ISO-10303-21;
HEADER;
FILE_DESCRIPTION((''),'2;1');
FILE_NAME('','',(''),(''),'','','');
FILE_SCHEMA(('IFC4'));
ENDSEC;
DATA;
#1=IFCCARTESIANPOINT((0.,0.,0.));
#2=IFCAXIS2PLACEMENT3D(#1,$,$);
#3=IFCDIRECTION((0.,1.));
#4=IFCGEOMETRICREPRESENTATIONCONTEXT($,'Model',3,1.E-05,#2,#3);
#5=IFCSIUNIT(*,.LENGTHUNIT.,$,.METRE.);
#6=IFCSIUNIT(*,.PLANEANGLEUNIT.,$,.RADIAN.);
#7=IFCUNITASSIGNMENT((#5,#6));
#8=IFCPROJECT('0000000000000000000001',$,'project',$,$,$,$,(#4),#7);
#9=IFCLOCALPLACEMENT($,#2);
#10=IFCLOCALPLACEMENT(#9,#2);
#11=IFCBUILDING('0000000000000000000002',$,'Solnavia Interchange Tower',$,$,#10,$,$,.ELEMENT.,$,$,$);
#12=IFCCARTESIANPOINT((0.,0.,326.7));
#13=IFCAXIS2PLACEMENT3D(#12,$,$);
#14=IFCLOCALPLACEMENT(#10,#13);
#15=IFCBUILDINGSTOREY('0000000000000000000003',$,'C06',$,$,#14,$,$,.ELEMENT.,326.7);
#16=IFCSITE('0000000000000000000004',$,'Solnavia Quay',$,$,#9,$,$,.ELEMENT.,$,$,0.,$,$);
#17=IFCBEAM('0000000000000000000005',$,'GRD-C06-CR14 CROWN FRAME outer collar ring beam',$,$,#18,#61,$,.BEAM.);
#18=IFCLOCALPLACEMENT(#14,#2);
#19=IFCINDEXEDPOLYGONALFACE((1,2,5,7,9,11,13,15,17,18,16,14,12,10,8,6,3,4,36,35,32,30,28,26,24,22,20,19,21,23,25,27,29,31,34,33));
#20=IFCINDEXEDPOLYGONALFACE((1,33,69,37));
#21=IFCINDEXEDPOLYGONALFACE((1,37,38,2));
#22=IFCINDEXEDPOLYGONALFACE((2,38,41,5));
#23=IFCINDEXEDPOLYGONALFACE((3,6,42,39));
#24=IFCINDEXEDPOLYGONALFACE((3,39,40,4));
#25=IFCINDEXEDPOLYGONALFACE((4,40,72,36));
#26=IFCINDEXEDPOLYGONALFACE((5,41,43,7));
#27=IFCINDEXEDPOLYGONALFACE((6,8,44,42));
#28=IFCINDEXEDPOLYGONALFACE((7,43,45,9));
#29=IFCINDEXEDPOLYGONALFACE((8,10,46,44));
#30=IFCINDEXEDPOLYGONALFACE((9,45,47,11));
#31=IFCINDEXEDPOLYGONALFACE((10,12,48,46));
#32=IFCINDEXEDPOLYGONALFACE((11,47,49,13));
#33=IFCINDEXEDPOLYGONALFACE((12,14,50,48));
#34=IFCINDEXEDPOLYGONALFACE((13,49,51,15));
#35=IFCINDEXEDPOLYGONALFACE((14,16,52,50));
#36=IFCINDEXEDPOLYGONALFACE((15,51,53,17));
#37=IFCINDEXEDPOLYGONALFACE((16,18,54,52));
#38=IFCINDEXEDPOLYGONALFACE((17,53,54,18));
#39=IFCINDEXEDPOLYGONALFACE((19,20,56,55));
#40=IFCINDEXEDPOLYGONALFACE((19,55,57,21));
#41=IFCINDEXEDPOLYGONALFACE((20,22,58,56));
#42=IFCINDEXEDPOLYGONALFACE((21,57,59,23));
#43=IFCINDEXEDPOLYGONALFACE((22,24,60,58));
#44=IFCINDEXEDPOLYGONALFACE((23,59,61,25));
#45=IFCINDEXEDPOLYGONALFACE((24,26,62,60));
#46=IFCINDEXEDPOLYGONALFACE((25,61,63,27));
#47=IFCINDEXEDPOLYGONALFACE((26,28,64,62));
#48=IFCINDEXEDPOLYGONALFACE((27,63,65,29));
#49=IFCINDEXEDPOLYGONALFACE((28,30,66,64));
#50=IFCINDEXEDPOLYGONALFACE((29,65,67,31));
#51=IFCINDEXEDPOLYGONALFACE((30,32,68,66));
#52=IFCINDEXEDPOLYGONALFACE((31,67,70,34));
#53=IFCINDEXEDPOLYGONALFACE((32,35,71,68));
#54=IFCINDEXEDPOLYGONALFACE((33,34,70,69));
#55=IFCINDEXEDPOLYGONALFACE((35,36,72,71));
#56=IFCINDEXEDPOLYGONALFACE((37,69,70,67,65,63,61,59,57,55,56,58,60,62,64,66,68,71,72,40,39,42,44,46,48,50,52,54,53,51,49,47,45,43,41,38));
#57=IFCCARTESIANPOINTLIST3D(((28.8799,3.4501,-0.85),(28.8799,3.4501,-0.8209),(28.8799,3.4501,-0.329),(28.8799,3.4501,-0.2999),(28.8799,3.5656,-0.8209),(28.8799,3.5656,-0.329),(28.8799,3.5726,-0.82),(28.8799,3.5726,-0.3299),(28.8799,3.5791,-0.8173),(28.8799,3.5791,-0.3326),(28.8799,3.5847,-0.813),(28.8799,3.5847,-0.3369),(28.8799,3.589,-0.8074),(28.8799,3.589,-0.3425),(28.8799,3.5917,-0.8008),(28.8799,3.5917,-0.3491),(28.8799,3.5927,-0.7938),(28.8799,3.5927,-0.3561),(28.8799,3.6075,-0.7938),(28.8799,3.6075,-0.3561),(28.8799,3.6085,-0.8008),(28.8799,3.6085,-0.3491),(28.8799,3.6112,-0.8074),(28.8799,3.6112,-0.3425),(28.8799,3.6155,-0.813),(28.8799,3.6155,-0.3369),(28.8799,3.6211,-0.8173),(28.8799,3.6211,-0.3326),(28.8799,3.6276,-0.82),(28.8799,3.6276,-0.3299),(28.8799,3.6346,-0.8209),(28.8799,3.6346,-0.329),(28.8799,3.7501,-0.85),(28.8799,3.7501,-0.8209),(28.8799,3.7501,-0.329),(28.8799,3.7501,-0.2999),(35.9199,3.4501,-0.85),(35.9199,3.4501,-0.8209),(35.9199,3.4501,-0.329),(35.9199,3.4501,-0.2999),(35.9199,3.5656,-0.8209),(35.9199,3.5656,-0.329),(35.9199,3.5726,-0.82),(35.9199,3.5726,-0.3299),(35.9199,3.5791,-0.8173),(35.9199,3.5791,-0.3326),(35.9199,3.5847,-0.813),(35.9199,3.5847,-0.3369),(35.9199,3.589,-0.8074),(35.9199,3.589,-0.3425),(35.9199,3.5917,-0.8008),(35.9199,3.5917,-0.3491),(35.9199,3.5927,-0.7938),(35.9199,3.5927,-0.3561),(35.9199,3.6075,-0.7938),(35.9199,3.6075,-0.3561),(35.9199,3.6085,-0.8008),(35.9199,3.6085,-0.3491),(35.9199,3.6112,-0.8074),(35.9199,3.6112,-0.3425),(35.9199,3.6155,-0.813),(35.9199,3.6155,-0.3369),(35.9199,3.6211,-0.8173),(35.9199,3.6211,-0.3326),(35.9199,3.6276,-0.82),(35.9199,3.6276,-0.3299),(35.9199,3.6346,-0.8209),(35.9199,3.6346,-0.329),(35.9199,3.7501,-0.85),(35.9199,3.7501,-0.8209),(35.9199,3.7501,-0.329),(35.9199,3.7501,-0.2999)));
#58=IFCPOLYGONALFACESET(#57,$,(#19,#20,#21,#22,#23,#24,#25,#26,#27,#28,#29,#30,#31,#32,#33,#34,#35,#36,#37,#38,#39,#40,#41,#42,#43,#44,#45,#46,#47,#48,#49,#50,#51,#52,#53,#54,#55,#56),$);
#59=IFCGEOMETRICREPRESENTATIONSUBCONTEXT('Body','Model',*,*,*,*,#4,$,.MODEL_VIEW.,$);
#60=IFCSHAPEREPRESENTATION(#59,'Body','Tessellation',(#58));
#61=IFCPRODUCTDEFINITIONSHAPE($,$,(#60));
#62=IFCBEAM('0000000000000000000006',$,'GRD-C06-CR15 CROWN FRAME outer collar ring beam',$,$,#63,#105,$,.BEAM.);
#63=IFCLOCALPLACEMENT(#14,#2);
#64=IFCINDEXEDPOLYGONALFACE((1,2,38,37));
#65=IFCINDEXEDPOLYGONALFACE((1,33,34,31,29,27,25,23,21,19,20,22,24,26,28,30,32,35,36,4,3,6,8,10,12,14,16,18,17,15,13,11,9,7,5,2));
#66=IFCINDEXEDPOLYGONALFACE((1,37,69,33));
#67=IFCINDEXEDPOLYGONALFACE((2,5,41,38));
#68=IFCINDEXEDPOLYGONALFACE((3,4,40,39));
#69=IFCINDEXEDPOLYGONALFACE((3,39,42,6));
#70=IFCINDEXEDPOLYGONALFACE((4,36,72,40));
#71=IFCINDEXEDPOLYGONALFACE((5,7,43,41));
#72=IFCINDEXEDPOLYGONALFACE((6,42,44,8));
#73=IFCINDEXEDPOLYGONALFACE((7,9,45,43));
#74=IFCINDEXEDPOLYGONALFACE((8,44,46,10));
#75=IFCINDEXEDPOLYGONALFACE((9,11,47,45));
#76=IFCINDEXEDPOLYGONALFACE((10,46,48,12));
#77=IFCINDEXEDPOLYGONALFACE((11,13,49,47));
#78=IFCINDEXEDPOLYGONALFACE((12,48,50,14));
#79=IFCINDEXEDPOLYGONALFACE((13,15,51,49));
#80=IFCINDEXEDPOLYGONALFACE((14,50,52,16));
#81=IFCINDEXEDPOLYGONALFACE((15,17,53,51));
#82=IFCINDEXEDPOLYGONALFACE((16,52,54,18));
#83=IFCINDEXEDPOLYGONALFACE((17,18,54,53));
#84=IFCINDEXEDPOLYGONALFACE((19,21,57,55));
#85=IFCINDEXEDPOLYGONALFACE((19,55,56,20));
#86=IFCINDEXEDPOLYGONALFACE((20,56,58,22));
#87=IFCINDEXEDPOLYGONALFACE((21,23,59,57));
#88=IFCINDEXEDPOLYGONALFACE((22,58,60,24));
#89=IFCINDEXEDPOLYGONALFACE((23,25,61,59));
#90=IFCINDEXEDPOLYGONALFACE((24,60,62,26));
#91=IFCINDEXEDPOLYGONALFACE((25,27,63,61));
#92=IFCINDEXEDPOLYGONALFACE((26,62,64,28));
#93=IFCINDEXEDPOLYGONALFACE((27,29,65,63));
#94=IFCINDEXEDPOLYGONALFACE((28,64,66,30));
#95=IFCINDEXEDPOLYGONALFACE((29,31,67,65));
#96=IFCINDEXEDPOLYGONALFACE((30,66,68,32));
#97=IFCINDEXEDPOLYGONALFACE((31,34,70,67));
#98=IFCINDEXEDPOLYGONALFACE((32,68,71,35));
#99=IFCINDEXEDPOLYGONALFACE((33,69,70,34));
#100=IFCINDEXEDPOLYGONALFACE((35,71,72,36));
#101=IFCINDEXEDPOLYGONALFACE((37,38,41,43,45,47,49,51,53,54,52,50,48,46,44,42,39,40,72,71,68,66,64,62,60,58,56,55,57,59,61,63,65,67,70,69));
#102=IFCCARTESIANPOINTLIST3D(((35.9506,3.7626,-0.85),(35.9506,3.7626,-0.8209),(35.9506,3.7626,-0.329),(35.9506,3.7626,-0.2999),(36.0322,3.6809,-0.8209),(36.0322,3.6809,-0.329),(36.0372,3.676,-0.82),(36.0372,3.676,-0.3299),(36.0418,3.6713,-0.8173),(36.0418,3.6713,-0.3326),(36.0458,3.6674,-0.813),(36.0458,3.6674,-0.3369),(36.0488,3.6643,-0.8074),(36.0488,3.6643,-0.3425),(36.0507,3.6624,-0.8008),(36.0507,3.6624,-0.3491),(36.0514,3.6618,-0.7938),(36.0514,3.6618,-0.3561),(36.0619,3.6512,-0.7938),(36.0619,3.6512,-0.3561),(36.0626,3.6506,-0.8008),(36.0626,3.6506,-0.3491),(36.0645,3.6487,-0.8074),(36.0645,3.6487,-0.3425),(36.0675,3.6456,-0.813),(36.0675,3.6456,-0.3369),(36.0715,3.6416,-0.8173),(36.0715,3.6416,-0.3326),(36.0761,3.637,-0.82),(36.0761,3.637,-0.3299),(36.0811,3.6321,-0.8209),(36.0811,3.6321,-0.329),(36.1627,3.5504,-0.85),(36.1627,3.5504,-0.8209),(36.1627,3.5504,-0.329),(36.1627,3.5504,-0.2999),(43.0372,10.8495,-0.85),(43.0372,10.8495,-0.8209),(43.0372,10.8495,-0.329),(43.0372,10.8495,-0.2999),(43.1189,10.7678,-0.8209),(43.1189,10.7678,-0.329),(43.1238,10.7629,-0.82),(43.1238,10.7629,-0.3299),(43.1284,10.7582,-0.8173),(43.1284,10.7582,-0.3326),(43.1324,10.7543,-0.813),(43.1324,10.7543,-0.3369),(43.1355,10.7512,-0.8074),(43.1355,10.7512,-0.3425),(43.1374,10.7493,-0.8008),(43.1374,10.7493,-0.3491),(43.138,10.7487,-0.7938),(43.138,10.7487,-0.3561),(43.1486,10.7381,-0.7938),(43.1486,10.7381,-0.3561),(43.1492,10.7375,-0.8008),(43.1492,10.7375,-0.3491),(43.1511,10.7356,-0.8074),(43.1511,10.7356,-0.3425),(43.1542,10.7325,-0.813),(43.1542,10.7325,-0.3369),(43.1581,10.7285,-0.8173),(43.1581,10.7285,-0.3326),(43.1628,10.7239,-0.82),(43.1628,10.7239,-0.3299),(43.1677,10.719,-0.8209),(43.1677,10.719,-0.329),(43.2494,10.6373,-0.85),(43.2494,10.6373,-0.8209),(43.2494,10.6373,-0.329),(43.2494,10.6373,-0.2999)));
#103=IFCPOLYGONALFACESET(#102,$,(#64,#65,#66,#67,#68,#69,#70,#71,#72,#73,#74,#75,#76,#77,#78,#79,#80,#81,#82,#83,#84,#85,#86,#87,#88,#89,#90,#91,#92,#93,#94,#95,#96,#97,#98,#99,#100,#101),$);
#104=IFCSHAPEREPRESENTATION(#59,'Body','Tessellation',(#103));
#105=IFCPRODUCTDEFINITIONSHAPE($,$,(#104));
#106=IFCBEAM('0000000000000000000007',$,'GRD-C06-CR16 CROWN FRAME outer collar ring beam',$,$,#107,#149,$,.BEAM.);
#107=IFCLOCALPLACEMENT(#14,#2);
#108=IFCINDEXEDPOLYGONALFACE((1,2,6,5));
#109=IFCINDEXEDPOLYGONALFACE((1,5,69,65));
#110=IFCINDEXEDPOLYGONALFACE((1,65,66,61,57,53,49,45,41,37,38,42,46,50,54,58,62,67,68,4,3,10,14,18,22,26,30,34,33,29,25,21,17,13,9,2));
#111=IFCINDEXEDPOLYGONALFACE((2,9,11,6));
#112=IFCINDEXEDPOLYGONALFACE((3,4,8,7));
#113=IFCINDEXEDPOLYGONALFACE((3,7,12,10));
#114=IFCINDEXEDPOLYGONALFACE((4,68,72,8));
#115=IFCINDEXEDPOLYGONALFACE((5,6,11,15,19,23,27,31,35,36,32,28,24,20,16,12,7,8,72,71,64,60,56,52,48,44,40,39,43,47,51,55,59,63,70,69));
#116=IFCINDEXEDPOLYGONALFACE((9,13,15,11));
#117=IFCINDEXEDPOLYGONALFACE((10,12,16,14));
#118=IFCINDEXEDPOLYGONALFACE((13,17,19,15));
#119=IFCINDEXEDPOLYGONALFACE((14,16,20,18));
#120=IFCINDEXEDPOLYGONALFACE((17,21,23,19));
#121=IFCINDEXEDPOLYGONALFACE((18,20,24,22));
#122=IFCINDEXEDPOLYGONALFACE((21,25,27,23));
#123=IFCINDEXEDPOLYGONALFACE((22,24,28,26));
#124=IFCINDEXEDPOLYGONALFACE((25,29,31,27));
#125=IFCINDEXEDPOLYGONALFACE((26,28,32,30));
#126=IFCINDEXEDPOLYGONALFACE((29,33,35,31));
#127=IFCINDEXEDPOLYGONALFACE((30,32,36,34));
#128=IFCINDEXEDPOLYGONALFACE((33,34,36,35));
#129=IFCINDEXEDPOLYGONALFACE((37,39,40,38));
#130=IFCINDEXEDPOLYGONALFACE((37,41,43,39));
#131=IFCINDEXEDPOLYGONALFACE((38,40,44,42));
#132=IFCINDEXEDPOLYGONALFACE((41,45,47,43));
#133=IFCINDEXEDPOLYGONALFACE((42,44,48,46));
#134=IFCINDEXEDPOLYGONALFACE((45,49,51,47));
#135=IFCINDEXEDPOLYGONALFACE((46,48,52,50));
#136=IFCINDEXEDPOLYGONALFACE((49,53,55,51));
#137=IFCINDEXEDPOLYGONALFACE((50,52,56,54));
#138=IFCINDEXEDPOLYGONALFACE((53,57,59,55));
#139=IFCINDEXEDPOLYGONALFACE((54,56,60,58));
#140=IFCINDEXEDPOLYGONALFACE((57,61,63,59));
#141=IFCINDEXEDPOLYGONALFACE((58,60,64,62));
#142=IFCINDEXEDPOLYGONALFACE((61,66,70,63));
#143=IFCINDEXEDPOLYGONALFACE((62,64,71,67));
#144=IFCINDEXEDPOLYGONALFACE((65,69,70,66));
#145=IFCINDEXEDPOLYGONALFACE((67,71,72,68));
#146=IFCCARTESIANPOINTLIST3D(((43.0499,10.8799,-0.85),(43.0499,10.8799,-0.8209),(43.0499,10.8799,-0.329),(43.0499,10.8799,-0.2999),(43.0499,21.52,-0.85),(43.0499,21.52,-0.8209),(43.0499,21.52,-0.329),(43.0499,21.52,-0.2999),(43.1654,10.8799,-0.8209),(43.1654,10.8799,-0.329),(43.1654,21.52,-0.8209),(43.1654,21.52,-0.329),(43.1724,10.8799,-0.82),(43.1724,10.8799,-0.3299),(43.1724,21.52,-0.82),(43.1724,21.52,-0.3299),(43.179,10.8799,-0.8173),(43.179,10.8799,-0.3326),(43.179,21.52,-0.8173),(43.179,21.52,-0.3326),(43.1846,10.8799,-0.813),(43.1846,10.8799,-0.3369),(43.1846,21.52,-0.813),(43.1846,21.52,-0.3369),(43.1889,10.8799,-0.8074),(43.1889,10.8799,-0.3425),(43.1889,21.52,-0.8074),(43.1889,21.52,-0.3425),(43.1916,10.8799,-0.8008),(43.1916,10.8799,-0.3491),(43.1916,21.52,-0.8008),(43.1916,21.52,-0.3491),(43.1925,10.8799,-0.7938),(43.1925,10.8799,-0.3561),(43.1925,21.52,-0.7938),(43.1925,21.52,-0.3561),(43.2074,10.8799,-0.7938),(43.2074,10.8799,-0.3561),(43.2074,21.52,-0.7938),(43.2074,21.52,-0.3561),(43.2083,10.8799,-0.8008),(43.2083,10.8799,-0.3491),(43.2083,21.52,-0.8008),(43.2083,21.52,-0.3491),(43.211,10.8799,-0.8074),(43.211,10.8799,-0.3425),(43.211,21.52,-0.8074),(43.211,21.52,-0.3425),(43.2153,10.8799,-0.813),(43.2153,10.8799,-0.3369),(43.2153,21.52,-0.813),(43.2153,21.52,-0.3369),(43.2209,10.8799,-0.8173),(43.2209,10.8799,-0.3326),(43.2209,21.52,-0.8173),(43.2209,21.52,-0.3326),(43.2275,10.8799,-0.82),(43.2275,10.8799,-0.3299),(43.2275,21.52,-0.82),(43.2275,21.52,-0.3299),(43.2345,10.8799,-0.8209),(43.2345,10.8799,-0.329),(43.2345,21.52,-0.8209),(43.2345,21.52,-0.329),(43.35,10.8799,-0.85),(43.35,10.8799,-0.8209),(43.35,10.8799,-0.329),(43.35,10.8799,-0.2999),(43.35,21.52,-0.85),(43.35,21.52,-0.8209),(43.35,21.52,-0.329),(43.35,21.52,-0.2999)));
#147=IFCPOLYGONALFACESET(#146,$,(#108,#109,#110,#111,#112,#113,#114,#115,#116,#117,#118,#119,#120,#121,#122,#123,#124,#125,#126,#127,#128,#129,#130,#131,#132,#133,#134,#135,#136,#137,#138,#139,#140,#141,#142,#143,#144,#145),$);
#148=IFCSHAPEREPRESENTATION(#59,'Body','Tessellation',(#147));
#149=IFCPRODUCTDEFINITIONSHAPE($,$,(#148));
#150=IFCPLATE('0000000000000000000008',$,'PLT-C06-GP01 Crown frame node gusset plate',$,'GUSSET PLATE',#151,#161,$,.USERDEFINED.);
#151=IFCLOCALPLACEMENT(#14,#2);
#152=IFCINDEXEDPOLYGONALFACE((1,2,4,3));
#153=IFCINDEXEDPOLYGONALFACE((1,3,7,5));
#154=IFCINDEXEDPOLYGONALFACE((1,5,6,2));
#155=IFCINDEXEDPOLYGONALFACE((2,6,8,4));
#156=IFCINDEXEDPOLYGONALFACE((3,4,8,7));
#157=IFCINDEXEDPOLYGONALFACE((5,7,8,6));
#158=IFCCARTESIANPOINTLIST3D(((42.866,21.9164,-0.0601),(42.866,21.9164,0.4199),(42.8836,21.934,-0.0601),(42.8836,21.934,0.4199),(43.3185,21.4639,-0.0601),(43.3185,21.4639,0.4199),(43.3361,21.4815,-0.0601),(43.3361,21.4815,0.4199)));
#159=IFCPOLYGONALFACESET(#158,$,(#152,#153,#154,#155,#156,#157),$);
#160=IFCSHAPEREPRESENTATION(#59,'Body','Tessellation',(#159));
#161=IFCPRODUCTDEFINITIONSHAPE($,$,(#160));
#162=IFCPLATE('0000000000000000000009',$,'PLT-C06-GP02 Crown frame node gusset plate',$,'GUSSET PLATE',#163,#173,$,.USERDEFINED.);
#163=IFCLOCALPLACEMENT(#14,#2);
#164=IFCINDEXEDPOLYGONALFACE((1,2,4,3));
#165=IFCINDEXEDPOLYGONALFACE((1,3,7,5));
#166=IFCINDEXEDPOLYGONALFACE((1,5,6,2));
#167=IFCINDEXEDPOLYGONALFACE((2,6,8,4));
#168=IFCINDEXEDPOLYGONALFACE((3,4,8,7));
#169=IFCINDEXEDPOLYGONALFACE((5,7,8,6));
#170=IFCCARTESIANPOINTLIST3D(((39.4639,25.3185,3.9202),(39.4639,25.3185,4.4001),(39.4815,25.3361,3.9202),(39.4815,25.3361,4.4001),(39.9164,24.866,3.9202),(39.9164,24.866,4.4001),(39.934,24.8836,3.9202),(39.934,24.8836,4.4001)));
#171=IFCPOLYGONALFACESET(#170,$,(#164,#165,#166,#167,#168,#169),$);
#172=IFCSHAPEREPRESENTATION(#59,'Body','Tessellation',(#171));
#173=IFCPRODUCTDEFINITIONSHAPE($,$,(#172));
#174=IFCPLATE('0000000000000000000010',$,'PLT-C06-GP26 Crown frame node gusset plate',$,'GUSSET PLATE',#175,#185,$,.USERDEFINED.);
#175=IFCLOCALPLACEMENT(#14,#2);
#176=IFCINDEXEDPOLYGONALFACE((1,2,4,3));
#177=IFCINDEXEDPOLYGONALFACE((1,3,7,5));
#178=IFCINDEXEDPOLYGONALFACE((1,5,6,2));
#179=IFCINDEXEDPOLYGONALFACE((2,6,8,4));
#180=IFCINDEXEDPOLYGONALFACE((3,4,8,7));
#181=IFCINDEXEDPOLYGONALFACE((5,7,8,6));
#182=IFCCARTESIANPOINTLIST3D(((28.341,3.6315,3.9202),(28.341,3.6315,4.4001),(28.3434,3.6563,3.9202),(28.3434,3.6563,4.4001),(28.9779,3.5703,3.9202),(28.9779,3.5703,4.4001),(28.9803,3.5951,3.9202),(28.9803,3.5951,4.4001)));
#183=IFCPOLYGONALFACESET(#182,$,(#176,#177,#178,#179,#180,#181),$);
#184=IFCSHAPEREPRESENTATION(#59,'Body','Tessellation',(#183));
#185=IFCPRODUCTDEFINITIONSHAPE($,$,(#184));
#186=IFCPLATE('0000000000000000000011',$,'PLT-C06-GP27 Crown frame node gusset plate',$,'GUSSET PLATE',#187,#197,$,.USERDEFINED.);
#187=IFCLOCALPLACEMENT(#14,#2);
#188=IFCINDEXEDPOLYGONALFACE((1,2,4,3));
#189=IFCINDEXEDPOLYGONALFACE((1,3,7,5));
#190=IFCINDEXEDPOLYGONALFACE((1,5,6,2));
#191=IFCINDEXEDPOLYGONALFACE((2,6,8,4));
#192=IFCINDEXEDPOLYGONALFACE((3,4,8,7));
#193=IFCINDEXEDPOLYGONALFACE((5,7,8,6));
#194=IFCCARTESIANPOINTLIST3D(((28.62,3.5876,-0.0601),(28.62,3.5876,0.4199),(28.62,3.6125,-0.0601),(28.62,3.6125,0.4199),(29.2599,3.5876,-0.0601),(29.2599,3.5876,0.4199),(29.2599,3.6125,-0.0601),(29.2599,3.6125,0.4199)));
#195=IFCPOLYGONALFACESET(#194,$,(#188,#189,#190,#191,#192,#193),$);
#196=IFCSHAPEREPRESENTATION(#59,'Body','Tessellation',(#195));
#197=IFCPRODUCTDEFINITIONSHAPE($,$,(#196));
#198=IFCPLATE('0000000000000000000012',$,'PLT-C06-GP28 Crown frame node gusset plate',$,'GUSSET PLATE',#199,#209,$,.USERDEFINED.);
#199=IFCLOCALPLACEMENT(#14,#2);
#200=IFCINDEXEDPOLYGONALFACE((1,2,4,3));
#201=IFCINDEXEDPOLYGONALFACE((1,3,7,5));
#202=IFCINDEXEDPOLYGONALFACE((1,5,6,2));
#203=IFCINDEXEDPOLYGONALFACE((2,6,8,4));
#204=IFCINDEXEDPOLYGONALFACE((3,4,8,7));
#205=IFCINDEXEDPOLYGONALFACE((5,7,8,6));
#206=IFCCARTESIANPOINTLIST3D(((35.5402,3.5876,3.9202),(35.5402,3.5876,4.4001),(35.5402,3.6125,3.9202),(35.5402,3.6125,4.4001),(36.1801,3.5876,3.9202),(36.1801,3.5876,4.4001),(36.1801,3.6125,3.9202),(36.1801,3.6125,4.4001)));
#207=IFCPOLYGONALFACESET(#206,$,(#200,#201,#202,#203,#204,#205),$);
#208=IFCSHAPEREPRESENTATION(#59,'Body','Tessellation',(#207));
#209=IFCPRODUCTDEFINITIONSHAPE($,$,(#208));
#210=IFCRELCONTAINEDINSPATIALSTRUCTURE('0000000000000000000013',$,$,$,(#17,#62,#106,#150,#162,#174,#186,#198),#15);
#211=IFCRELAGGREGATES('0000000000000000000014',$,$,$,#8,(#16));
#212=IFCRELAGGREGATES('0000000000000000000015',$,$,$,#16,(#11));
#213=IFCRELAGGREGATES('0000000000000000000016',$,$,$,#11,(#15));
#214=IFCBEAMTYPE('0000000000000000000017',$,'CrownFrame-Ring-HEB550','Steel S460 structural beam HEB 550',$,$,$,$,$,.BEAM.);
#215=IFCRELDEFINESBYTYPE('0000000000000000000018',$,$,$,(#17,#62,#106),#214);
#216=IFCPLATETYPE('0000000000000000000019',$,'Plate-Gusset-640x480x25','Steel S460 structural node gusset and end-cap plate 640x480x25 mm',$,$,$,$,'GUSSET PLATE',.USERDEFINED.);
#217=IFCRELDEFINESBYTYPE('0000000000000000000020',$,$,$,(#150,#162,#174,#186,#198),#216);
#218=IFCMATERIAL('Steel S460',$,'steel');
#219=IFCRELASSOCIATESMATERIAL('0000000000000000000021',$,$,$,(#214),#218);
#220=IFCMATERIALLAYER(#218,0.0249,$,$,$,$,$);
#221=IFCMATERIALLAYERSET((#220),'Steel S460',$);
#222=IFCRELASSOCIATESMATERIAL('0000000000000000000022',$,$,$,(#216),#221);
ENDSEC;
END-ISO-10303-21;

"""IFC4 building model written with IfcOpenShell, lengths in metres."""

from ifc_helpers import new_model, si_unit, direction, frame, origin, origin_2d, place, context, subcontext, project, spatial, rectangle, i_section, extrude, material, layer, layer_set, material_profile, profile_set, type_object, element, save


model = new_model("IFC4")

# Units and contexts
model_context = context("Model", 3, precision=1e-05, world=origin(), true_north=direction((0.0, 1.0)))
body_context = subcontext(model_context, "Body", "Model", "MODEL_VIEW")
ifc_project = project(units=[si_unit("LENGTHUNIT", "METRE"), si_unit("PLANEANGLEUNIT", "RADIAN")], contexts=[model_context])

# Site, building, storey
site_placement = place(None, origin())
site = spatial("IfcSite", under=ifc_project, at=site_placement, Name="Solnavia Quay", CompositionType="ELEMENT", RefElevation=0.0)
building_placement = place(site_placement, origin())
building = spatial("IfcBuilding", under=site, at=building_placement, Name="Solnavia Interchange Tower", CompositionType="ELEMENT")
storey_placement = place(building_placement, frame((0.0, 0.0, 326.7)))
storey = spatial("IfcBuildingStorey", under=building, at=storey_placement, Name="C06", CompositionType="ELEMENT", Elevation=326.7)

# Shared definitions
ifc_material_1 = material(Name="Steel S460", Category="steel")

# Beams
ifc_material_profile_1 = material_profile(ifc_material_1, i_section(OverallWidth=0.3, OverallDepth=0.55, WebThickness=0.0149, FlangeThickness=0.0291, FilletRadius=0.0271, at=origin_2d()), Name="HEB 550")
ifc_profile_set_1 = profile_set([ifc_material_profile_1], Name="Steel S460")
beam_type_1 = type_object("IfcBeamType", Name="CrownFrame-Ring-HEB550", Description="Steel S460 structural beam HEB 550", PredefinedType="BEAM", material=ifc_profile_set_1)
beam_1_placement = place(storey_placement, frame((28.8799, 3.6001, -0.575), z_axis=(1.0, 0.0, 0.0), x_axis=(0.0, 1.0, 0.0)))
element("IfcBeam", 1, at=beam_1_placement, inside=storey, type_object=beam_type_1, Name="GRD-C06-CR14 CROWN FRAME outer collar ring beam", PredefinedType="BEAM", context=body_context, shape_type="SweptSolid", body=[
    extrude(i_section(OverallWidth=0.3, OverallDepth=0.55, WebThickness=0.0149, FlangeThickness=0.0291, FilletRadius=0.0271, at=origin_2d()), origin(), (0.0, 0.0, 1.0), 7.04),
])
beam_2_placement = place(storey_placement, frame((36.0566, 3.6565, -0.575), z_axis=(0.707095, 0.707119, 0.0), x_axis=(-0.707119, 0.707095, 0.0)))
element("IfcBeam", 2, at=beam_2_placement, inside=storey, type_object=beam_type_1, Name="GRD-C06-CR15 CROWN FRAME outer collar ring beam", PredefinedType="BEAM", context=body_context, shape_type="SweptSolid", body=[
    extrude(i_section(OverallWidth=0.3, OverallDepth=0.55, WebThickness=0.0149, FlangeThickness=0.0291, FilletRadius=0.0271, at=origin_2d()), origin(), (0.0, 0.0, 1.0), 10.0222),
])
beam_3_placement = place(storey_placement, frame((43.2, 10.8799, -0.575), z_axis=(0.0, 1.0, 0.0), x_axis=(-1.0, 0.0, 0.0)))
element("IfcBeam", 3, at=beam_3_placement, inside=storey, type_object=beam_type_1, Name="GRD-C06-CR16 CROWN FRAME outer collar ring beam", PredefinedType="BEAM", context=body_context, shape_type="SweptSolid", body=[
    extrude(i_section(OverallWidth=0.3, OverallDepth=0.55, WebThickness=0.0149, FlangeThickness=0.0291, FilletRadius=0.0271, at=origin_2d()), origin(), (0.0, 0.0, 1.0), 10.6401),
])

# Plates
ifc_layer = layer(ifc_material_1, 0.0249)
ifc_layer_set = layer_set([ifc_layer], Name="Steel S460")
plate_type = type_object("IfcPlateType", Name="Plate-Gusset-640x480x25", Description="Steel S460 structural node gusset and end-cap plate 640x480x25 mm", ElementType="GUSSET PLATE", PredefinedType="USERDEFINED", material=ifc_layer_set)
for number, where, z_axis, x_axis, name in (
    (4, (43.1011, 21.699, -0.0601), (0.0, 0.0, 1.0), (-0.707107, 0.707107, 0.0), "PLT-C06-GP01 Crown frame node gusset plate"),
    (5, (39.699, 25.1011, 3.9202), (0.0, 0.0, 1.0), (-0.707107, 0.707107, 0.0), "PLT-C06-GP02 Crown frame node gusset plate"),
    (6, (28.6606, 3.6133, 3.9202), (0.0, 0.0, 1.0), (0.995413, -0.095672, 0.0), "PLT-C06-GP26 Crown frame node gusset plate"),
    (7, (28.9399, 3.6001, -0.0601), (0.0, 0.0, 1.0), (1.0, 0.0, 0.0), "PLT-C06-GP27 Crown frame node gusset plate"),
    (8, (35.8601, 3.6001, 3.9202), (0.0, 0.0, 1.0), (1.0, 0.0, 0.0), "PLT-C06-GP28 Crown frame node gusset plate"),
):
    element("IfcPlate", number, at=place(storey_placement, frame(where, z_axis=z_axis, x_axis=x_axis)), inside=storey, type_object=plate_type, Name=name, ObjectType="GUSSET PLATE", PredefinedType="USERDEFINED", context=body_context, shape_type="SweptSolid", body=[
        extrude(rectangle(XDim=0.6399, YDim=0.0249, at=origin_2d()), origin(), (0.0, 0.0, 1.0), 0.48),
    ])

save(model, "model.ifc")
